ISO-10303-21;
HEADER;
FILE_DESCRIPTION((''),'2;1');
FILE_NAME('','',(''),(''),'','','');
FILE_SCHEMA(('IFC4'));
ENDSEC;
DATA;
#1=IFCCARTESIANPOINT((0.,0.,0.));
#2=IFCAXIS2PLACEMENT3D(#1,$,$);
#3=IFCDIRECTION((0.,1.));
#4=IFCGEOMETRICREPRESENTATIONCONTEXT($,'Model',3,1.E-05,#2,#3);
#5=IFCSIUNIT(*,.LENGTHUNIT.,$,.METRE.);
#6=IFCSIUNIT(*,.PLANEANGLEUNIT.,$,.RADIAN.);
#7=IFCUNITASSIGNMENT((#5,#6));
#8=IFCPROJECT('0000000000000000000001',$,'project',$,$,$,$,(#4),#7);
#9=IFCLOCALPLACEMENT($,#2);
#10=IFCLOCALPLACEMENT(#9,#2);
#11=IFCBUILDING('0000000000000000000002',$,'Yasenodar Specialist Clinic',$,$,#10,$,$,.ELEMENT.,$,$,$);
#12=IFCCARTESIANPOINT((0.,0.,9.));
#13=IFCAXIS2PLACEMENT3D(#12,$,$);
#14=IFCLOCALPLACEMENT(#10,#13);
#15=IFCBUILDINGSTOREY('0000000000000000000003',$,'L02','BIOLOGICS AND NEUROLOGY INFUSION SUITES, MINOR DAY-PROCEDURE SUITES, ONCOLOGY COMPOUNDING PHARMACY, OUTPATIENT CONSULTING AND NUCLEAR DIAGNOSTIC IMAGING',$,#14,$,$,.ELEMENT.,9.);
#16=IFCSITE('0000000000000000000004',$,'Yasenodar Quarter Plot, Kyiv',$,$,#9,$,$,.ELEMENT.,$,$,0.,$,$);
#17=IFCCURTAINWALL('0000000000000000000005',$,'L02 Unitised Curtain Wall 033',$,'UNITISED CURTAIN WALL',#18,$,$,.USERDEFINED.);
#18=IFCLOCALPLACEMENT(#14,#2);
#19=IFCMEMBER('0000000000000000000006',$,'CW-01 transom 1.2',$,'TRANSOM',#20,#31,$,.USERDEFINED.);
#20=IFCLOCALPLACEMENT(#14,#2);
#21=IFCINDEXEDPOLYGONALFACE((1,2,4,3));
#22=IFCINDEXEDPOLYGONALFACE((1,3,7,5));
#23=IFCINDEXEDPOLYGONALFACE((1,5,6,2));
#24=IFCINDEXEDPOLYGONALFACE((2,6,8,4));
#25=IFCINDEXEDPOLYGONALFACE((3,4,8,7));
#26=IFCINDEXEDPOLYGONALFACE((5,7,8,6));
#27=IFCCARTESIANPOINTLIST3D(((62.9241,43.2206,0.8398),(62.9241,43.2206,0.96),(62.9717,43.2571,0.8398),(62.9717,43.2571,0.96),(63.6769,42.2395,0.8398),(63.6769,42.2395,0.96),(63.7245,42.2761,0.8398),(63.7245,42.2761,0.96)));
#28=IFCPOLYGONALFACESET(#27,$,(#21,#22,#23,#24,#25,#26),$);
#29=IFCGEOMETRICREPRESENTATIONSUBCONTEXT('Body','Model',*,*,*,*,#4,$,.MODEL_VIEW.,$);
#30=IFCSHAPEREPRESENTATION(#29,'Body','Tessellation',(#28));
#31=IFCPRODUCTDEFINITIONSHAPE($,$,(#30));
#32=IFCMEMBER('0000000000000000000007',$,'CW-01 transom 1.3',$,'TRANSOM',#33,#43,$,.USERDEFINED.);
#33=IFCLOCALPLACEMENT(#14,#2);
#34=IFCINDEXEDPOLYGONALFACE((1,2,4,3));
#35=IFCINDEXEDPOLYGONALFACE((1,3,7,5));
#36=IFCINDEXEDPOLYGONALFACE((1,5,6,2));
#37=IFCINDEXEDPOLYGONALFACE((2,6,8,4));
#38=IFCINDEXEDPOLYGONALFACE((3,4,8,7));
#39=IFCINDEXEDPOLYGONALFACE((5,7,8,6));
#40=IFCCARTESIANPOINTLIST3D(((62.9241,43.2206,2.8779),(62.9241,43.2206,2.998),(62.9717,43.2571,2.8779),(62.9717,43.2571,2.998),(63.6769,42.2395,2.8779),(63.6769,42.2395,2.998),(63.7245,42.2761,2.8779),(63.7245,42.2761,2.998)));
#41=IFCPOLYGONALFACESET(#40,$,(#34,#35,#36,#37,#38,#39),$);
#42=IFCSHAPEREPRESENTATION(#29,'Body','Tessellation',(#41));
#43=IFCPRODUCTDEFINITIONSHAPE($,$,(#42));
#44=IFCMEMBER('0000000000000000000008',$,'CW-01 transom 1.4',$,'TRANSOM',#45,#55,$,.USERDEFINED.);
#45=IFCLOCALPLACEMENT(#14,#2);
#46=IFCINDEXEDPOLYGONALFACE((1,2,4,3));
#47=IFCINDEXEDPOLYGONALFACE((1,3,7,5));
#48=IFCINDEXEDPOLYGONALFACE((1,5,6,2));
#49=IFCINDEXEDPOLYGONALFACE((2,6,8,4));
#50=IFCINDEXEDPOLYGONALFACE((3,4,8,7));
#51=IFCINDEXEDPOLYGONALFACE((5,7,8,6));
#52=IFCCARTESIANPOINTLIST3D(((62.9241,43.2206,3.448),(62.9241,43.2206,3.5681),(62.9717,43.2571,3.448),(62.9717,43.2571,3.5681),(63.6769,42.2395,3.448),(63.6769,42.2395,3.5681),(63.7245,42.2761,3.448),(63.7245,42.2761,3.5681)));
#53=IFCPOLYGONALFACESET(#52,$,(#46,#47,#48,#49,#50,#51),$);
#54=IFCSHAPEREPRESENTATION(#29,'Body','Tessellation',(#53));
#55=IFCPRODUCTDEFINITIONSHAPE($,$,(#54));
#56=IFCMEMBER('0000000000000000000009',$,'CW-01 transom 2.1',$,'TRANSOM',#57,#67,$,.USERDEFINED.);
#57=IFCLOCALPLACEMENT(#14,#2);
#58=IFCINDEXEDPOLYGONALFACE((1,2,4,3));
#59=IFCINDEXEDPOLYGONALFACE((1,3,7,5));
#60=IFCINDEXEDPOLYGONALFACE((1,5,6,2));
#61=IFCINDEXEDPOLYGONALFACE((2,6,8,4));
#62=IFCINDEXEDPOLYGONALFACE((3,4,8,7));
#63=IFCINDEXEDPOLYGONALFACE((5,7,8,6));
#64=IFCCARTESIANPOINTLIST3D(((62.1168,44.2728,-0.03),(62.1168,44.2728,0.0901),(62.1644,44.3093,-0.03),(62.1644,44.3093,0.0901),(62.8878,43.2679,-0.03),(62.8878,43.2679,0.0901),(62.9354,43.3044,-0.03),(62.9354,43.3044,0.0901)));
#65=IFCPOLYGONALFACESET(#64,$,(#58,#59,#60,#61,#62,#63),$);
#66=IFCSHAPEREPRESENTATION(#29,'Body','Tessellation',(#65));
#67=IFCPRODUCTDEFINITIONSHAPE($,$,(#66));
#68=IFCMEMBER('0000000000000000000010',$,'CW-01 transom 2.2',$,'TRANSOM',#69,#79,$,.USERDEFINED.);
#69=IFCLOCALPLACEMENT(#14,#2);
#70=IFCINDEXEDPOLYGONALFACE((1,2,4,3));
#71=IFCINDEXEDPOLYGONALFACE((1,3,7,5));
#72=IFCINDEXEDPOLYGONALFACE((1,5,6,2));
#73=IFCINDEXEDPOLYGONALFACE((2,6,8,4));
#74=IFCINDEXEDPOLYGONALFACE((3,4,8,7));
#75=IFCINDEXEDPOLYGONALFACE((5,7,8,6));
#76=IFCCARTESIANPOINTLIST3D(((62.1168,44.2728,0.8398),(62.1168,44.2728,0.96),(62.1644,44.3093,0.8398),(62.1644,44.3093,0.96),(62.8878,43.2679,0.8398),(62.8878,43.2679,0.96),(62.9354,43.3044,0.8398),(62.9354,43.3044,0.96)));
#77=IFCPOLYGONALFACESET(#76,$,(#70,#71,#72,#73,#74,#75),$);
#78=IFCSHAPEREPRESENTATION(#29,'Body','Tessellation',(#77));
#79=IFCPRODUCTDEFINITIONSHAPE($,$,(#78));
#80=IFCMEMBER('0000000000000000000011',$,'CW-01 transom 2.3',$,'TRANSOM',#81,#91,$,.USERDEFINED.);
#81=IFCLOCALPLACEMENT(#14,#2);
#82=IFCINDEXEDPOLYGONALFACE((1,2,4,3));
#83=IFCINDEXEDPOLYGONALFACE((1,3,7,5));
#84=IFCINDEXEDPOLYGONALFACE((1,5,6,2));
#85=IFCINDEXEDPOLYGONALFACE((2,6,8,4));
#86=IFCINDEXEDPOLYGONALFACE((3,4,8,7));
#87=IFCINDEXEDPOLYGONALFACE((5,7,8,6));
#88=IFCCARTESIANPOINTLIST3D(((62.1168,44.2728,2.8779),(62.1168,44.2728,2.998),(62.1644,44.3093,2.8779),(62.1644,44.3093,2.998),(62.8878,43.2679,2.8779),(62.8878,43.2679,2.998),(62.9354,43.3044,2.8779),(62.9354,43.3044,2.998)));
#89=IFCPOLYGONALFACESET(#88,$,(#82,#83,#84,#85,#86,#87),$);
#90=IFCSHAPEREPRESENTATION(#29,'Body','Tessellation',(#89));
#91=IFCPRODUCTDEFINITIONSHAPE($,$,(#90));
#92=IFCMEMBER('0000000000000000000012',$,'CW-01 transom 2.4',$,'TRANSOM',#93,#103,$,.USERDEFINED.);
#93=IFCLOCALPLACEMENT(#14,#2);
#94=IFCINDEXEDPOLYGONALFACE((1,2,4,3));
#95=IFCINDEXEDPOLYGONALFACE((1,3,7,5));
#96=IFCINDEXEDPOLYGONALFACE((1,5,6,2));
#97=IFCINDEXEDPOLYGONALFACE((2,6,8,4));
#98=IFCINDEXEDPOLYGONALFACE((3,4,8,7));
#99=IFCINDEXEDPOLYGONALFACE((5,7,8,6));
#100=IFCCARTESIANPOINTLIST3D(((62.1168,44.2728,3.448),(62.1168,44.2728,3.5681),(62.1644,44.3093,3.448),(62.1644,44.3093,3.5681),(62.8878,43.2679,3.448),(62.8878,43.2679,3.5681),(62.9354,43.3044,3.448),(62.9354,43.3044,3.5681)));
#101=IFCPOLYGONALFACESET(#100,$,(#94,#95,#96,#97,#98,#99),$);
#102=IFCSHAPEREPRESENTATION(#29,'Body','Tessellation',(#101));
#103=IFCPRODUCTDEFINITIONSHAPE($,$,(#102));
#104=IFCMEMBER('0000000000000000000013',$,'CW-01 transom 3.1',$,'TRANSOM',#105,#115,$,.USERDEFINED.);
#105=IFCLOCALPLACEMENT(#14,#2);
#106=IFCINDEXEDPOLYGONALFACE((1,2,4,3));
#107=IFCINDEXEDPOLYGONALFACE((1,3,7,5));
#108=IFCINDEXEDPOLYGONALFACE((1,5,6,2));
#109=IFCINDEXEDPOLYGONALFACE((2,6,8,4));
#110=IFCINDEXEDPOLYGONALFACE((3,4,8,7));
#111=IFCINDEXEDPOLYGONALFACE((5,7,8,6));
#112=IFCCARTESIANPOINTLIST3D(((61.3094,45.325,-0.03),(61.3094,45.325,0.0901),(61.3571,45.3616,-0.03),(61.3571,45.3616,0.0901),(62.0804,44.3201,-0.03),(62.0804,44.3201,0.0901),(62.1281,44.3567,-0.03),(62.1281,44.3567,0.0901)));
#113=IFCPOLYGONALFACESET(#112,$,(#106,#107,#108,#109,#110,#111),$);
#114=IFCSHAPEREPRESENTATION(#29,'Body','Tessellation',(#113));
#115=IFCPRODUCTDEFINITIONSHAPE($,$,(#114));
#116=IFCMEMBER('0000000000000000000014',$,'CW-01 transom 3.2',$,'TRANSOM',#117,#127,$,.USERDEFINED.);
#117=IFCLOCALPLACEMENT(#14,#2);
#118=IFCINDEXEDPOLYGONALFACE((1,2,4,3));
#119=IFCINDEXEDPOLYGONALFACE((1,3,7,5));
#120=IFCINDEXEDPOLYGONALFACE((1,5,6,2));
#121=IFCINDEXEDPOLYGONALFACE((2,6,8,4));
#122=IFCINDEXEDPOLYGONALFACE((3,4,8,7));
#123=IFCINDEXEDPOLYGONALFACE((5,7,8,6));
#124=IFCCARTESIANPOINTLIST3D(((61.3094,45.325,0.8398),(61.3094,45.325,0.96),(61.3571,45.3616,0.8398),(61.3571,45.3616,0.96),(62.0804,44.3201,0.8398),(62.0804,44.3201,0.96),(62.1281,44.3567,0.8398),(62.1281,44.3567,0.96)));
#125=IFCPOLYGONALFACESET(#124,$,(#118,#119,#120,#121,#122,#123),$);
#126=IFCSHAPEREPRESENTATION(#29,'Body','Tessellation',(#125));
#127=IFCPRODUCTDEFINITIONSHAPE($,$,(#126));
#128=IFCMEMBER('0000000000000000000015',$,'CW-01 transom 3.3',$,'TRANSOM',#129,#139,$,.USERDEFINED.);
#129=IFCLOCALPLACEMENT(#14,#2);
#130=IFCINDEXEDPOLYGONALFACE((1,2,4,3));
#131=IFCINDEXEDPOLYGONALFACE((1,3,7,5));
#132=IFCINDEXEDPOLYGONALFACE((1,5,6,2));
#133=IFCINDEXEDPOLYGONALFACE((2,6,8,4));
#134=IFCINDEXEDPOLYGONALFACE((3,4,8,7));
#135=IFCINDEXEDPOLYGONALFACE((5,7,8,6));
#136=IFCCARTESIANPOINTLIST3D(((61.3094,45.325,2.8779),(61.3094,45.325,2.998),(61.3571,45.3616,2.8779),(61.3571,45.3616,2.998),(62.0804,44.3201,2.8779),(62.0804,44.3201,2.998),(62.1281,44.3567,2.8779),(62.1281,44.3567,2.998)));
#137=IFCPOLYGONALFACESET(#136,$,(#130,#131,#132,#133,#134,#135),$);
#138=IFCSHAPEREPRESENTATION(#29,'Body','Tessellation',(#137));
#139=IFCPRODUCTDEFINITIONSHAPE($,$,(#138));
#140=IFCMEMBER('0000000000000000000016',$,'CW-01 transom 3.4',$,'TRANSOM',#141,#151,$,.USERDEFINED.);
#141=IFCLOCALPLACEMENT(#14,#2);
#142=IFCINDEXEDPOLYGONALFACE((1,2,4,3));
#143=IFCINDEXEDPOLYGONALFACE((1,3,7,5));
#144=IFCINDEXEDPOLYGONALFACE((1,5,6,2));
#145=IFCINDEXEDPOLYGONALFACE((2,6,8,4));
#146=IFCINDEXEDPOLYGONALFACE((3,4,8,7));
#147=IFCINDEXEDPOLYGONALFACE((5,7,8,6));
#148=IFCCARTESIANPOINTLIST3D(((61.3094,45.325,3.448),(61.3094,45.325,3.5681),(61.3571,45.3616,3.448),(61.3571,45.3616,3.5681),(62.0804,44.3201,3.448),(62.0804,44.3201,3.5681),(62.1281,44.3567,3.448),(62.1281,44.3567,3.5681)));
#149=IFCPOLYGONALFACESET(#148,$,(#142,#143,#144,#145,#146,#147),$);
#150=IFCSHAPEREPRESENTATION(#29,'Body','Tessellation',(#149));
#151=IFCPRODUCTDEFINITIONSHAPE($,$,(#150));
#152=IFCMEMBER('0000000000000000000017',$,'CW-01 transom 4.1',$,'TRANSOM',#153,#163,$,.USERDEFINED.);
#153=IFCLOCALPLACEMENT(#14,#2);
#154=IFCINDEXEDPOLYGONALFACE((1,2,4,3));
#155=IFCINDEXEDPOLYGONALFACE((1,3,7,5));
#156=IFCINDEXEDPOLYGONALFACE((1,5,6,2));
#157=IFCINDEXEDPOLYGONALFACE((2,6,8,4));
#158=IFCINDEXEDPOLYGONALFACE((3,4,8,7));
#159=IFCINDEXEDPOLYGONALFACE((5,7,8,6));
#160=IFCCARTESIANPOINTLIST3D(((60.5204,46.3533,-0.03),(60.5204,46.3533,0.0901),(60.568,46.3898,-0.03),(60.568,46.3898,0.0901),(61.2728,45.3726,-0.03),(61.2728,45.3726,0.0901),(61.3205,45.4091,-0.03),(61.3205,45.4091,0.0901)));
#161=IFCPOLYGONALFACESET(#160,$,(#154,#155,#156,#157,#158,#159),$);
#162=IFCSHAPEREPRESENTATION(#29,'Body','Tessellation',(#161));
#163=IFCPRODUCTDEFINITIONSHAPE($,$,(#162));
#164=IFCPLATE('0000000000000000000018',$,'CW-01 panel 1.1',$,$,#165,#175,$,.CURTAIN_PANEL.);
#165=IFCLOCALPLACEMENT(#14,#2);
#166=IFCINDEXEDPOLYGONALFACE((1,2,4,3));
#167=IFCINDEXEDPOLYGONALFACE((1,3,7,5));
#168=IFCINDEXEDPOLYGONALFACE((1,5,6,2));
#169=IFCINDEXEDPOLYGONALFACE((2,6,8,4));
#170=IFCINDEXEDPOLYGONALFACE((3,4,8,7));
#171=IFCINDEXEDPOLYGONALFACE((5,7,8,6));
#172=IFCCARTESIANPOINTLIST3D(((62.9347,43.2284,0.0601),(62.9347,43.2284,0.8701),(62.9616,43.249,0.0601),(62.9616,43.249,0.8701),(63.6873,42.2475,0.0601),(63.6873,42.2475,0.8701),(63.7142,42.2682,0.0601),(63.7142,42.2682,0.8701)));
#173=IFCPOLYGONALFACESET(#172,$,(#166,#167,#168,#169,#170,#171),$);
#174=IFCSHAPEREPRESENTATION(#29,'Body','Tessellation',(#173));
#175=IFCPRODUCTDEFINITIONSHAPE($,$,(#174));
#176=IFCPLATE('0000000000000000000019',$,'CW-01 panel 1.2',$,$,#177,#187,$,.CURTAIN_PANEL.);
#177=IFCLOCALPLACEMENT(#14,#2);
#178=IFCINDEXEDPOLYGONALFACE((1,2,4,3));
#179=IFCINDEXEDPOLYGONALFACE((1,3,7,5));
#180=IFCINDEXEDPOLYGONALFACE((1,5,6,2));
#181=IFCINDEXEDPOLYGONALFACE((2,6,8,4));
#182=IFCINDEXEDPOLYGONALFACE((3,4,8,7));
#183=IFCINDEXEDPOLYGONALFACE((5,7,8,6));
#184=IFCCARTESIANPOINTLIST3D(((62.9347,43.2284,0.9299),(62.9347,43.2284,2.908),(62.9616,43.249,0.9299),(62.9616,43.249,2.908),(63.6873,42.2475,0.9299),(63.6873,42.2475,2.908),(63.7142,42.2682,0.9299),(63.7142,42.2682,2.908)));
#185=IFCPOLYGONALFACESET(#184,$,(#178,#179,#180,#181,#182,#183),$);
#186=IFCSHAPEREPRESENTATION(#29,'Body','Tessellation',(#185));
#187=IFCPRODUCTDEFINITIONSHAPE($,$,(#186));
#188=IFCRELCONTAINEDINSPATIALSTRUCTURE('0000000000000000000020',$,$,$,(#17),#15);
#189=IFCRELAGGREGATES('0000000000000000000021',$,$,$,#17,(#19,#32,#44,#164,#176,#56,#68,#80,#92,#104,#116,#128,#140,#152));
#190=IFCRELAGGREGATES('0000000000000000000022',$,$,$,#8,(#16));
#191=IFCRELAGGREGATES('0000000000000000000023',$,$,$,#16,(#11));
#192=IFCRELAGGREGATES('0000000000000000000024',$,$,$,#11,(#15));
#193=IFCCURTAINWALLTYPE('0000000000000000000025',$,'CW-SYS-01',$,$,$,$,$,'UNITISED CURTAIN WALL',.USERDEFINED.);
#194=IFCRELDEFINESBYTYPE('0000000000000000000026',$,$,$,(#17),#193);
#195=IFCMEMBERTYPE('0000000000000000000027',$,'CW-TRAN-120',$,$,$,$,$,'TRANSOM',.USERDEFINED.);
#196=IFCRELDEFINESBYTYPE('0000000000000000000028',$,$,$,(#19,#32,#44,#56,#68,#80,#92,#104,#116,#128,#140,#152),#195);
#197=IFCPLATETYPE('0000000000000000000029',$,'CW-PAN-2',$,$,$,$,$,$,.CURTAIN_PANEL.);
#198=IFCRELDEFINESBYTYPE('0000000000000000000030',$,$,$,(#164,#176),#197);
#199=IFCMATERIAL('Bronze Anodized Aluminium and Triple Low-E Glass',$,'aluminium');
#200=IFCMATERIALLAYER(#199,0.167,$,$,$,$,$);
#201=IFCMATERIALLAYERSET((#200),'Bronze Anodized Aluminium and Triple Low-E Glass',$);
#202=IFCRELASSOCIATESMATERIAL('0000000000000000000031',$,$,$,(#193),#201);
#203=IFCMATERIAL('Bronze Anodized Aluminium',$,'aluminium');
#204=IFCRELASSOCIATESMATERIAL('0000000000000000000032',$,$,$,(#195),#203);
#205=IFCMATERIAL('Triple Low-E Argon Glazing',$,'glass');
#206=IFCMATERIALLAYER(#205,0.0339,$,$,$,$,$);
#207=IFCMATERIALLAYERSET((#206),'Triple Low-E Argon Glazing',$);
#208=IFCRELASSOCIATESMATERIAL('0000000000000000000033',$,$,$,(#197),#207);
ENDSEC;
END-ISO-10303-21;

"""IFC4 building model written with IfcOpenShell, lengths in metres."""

from ifc_helpers import new_model, si_unit, direction, frame, origin, origin_2d, place, context, subcontext, project, spatial, rectangle, extrude, material, layer, layer_set, material_profile, profile_set, type_object, element, aggregate, save


model = new_model("IFC4")

# Units and contexts
model_context = context("Model", 3, precision=1e-05, world=origin(), true_north=direction((0.0, 1.0)))
body_context = subcontext(model_context, "Body", "Model", "MODEL_VIEW")
ifc_project = project(units=[si_unit("LENGTHUNIT", "METRE"), si_unit("PLANEANGLEUNIT", "RADIAN")], contexts=[model_context])

# Site, building, storey
site_placement = place(None, origin())
site = spatial("IfcSite", under=ifc_project, at=site_placement, Name="Yasenodar Quarter Plot, Kyiv", CompositionType="ELEMENT", RefElevation=0.0)
building_placement = place(site_placement, origin())
building = spatial("IfcBuilding", under=site, at=building_placement, Name="Yasenodar Specialist Clinic", CompositionType="ELEMENT")
storey_placement = place(building_placement, frame((0.0, 0.0, 9.0)))
storey = spatial("IfcBuildingStorey", under=building, at=storey_placement, Name="L02", Description="BIOLOGICS AND NEUROLOGY INFUSION SUITES, MINOR DAY-PROCEDURE SUITES, ONCOLOGY COMPOUNDING PHARMACY, OUTPATIENT CONSULTING AND NUCLEAR DIAGNOSTIC IMAGING", CompositionType="ELEMENT", Elevation=9.0)

# Curtain wall
ifc_material_1 = material(Name="Bronze Anodized Aluminium and Triple Low-E Glass", Category="aluminium")
ifc_layer_1 = layer(ifc_material_1, 0.167)
ifc_layer_set_1 = layer_set([ifc_layer_1], Name="Bronze Anodized Aluminium and Triple Low-E Glass")
curtain_wall_type = type_object("IfcCurtainWallType", Name="CW-SYS-01", ElementType="UNITISED CURTAIN WALL", PredefinedType="USERDEFINED", material=ifc_layer_set_1)
curtain_wall_1_placement = place(storey_placement, origin())
curtain_wall_1 = element("IfcCurtainWall", 1, at=curtain_wall_1_placement, inside=storey, type_object=curtain_wall_type, Name="L02 Unitised Curtain Wall 033", ObjectType="UNITISED CURTAIN WALL", PredefinedType="USERDEFINED")
ifc_material_2 = material(Name="Bronze Anodized Aluminium", Category="aluminium")

# Members
ifc_material_profile_1 = material_profile(ifc_material_2, rectangle(XDim=0.0601, YDim=0.1201, at=origin_2d()), Name="CW-TRAN 60x120")
ifc_profile_set_1 = profile_set([ifc_material_profile_1], Name="Bronze Anodized Aluminium")
member_type_1 = type_object("IfcMemberType", Name="CW-TRAN-120", ElementType="TRANSOM", PredefinedType="USERDEFINED", material=ifc_profile_set_1)
member_1_placement = place(storey_placement, frame((63.7007, 42.2578, 0.8999), z_axis=(-0.608747, 0.793365, 0.0), x_axis=(-0.793365, -0.608747, 0.0)))
member_1 = element("IfcMember", 2, at=member_1_placement, type_object=member_type_1, Name="CW-01 transom 1.2", ObjectType="TRANSOM", PredefinedType="USERDEFINED", context=body_context, shape_type="SweptSolid", body=[
    extrude(rectangle(XDim=0.0601, YDim=0.1201, at=origin_2d()), origin(), (0.0, 0.0, 1.0), 1.2366),
])
member_2_placement = place(storey_placement, frame((63.7007, 42.2578, 2.938), z_axis=(-0.608747, 0.793365, 0.0), x_axis=(-0.793365, -0.608747, 0.0)))
member_2 = element("IfcMember", 3, at=member_2_placement, type_object=member_type_1, Name="CW-01 transom 1.3", ObjectType="TRANSOM", PredefinedType="USERDEFINED", context=body_context, shape_type="SweptSolid", body=[
    extrude(rectangle(XDim=0.0601, YDim=0.1201, at=origin_2d()), origin(), (0.0, 0.0, 1.0), 1.2366),
])
member_3_placement = place(storey_placement, frame((63.7007, 42.2578, 3.5081), z_axis=(-0.608747, 0.793365, 0.0), x_axis=(-0.793365, -0.608747, 0.0)))
member_3 = element("IfcMember", 4, at=member_3_placement, type_object=member_type_1, Name="CW-01 transom 1.4", ObjectType="TRANSOM", PredefinedType="USERDEFINED", context=body_context, shape_type="SweptSolid", body=[
    extrude(rectangle(XDim=0.0601, YDim=0.1201, at=origin_2d()), origin(), (0.0, 0.0, 1.0), 1.2366),
])
member_4_placement = place(storey_placement, frame((62.9116, 43.2861, 0.03), z_axis=(-0.608723, 0.793383, 0.0), x_axis=(-0.793383, -0.608723, 0.0)))
member_4 = element("IfcMember", 5, at=member_4_placement, type_object=member_type_1, Name="CW-01 transom 2.1", ObjectType="TRANSOM", PredefinedType="USERDEFINED", context=body_context, shape_type="SweptSolid", body=[
    extrude(rectangle(XDim=0.0601, YDim=0.1201, at=origin_2d()), origin(), (0.0, 0.0, 1.0), 1.2666),
])
member_5_placement = place(storey_placement, frame((62.9116, 43.2861, 0.8999), z_axis=(-0.608723, 0.793383, 0.0), x_axis=(-0.793383, -0.608723, 0.0)))
member_5 = element("IfcMember", 6, at=member_5_placement, type_object=member_type_1, Name="CW-01 transom 2.2", ObjectType="TRANSOM", PredefinedType="USERDEFINED", context=body_context, shape_type="SweptSolid", body=[
    extrude(rectangle(XDim=0.0601, YDim=0.1201, at=origin_2d()), origin(), (0.0, 0.0, 1.0), 1.2666),
])
member_6_placement = place(storey_placement, frame((62.9116, 43.2861, 2.938), z_axis=(-0.608723, 0.793383, 0.0), x_axis=(-0.793383, -0.608723, 0.0)))
member_6 = element("IfcMember", 7, at=member_6_placement, type_object=member_type_1, Name="CW-01 transom 2.3", ObjectType="TRANSOM", PredefinedType="USERDEFINED", context=body_context, shape_type="SweptSolid", body=[
    extrude(rectangle(XDim=0.0601, YDim=0.1201, at=origin_2d()), origin(), (0.0, 0.0, 1.0), 1.2666),
])
member_7_placement = place(storey_placement, frame((62.9116, 43.2861, 3.5081), z_axis=(-0.608723, 0.793383, 0.0), x_axis=(-0.793383, -0.608723, 0.0)))
member_7 = element("IfcMember", 8, at=member_7_placement, type_object=member_type_1, Name="CW-01 transom 2.4", ObjectType="TRANSOM", PredefinedType="USERDEFINED", context=body_context, shape_type="SweptSolid", body=[
    extrude(rectangle(XDim=0.0601, YDim=0.1201, at=origin_2d()), origin(), (0.0, 0.0, 1.0), 1.2666),
])
member_8_placement = place(storey_placement, frame((62.1042, 44.3384, 0.03), z_axis=(-0.608723, 0.793383, 0.0), x_axis=(-0.793383, -0.608723, 0.0)))
member_8 = element("IfcMember", 9, at=member_8_placement, type_object=member_type_1, Name="CW-01 transom 3.1", ObjectType="TRANSOM", PredefinedType="USERDEFINED", context=body_context, shape_type="SweptSolid", body=[
    extrude(rectangle(XDim=0.0601, YDim=0.1201, at=origin_2d()), origin(), (0.0, 0.0, 1.0), 1.2666),
])
member_9_placement = place(storey_placement, frame((62.1042, 44.3384, 0.8999), z_axis=(-0.608723, 0.793383, 0.0), x_axis=(-0.793383, -0.608723, 0.0)))
member_9 = element("IfcMember", 10, at=member_9_placement, type_object=member_type_1, Name="CW-01 transom 3.2", ObjectType="TRANSOM", PredefinedType="USERDEFINED", context=body_context, shape_type="SweptSolid", body=[
    extrude(rectangle(XDim=0.0601, YDim=0.1201, at=origin_2d()), origin(), (0.0, 0.0, 1.0), 1.2666),
])
member_10_placement = place(storey_placement, frame((62.1042, 44.3384, 2.938), z_axis=(-0.608723, 0.793383, 0.0), x_axis=(-0.793383, -0.608723, 0.0)))
member_10 = element("IfcMember", 11, at=member_10_placement, type_object=member_type_1, Name="CW-01 transom 3.3", ObjectType="TRANSOM", PredefinedType="USERDEFINED", context=body_context, shape_type="SweptSolid", body=[
    extrude(rectangle(XDim=0.0601, YDim=0.1201, at=origin_2d()), origin(), (0.0, 0.0, 1.0), 1.2666),
])
member_11_placement = place(storey_placement, frame((62.1042, 44.3384, 3.5081), z_axis=(-0.608723, 0.793383, 0.0), x_axis=(-0.793383, -0.608723, 0.0)))
member_11 = element("IfcMember", 12, at=member_11_placement, type_object=member_type_1, Name="CW-01 transom 3.4", ObjectType="TRANSOM", PredefinedType="USERDEFINED", context=body_context, shape_type="SweptSolid", body=[
    extrude(rectangle(XDim=0.0601, YDim=0.1201, at=origin_2d()), origin(), (0.0, 0.0, 1.0), 1.2666),
])
member_12_placement = place(storey_placement, frame((61.2966, 45.3909, 0.03), z_axis=(-0.608718, 0.793387, 0.0), x_axis=(-0.793387, -0.608718, 0.0)))
member_12 = element("IfcMember", 13, at=member_12_placement, type_object=member_type_1, Name="CW-01 transom 4.1", ObjectType="TRANSOM", PredefinedType="USERDEFINED", context=body_context, shape_type="SweptSolid", body=[
    extrude(rectangle(XDim=0.0601, YDim=0.1201, at=origin_2d()), origin(), (0.0, 0.0, 1.0), 1.2361),
])

# Plates
ifc_material_3 = material(Name="Triple Low-E Argon Glazing", Category="glass")
ifc_layer_2 = layer(ifc_material_3, 0.0339)
ifc_layer_set_2 = layer_set([ifc_layer_2], Name="Triple Low-E Argon Glazing")
plate_type_1 = type_object("IfcPlateType", Name="CW-PAN-2", PredefinedType="CURTAIN_PANEL", material=ifc_layer_set_2)
plate_1_placement = place(storey_placement, frame((63.3245, 42.7483, 0.0601), z_axis=(0.0, 0.0, 1.0), x_axis=(-0.608752, 0.793361, 0.0)))
plate_1 = element("IfcPlate", 14, at=plate_1_placement, type_object=plate_type_1, Name="CW-01 panel 1.1", PredefinedType="CURTAIN_PANEL", context=body_context, shape_type="SweptSolid", body=[
    extrude(rectangle(XDim=1.2363, YDim=0.0339, at=origin_2d()), origin(), (0.0, 0.0, 1.0), 0.8101),
])
plate_2_placement = place(storey_placement, frame((63.3245, 42.7483, 0.9299), z_axis=(0.0, 0.0, 1.0), x_axis=(-0.608752, 0.793361, 0.0)))
plate_2 = element("IfcPlate", 15, at=plate_2_placement, type_object=plate_type_1, Name="CW-01 panel 1.2", PredefinedType="CURTAIN_PANEL", context=body_context, shape_type="SweptSolid", body=[
    extrude(rectangle(XDim=1.2363, YDim=0.0339, at=origin_2d()), origin(), (0.0, 0.0, 1.0), 1.978),
])
aggregate(curtain_wall_1, [member_1, member_2, member_3, plate_1, plate_2, member_4, member_5, member_6, member_7, member_8, member_9, member_10, member_11, member_12])

save(model, "model.ifc")
